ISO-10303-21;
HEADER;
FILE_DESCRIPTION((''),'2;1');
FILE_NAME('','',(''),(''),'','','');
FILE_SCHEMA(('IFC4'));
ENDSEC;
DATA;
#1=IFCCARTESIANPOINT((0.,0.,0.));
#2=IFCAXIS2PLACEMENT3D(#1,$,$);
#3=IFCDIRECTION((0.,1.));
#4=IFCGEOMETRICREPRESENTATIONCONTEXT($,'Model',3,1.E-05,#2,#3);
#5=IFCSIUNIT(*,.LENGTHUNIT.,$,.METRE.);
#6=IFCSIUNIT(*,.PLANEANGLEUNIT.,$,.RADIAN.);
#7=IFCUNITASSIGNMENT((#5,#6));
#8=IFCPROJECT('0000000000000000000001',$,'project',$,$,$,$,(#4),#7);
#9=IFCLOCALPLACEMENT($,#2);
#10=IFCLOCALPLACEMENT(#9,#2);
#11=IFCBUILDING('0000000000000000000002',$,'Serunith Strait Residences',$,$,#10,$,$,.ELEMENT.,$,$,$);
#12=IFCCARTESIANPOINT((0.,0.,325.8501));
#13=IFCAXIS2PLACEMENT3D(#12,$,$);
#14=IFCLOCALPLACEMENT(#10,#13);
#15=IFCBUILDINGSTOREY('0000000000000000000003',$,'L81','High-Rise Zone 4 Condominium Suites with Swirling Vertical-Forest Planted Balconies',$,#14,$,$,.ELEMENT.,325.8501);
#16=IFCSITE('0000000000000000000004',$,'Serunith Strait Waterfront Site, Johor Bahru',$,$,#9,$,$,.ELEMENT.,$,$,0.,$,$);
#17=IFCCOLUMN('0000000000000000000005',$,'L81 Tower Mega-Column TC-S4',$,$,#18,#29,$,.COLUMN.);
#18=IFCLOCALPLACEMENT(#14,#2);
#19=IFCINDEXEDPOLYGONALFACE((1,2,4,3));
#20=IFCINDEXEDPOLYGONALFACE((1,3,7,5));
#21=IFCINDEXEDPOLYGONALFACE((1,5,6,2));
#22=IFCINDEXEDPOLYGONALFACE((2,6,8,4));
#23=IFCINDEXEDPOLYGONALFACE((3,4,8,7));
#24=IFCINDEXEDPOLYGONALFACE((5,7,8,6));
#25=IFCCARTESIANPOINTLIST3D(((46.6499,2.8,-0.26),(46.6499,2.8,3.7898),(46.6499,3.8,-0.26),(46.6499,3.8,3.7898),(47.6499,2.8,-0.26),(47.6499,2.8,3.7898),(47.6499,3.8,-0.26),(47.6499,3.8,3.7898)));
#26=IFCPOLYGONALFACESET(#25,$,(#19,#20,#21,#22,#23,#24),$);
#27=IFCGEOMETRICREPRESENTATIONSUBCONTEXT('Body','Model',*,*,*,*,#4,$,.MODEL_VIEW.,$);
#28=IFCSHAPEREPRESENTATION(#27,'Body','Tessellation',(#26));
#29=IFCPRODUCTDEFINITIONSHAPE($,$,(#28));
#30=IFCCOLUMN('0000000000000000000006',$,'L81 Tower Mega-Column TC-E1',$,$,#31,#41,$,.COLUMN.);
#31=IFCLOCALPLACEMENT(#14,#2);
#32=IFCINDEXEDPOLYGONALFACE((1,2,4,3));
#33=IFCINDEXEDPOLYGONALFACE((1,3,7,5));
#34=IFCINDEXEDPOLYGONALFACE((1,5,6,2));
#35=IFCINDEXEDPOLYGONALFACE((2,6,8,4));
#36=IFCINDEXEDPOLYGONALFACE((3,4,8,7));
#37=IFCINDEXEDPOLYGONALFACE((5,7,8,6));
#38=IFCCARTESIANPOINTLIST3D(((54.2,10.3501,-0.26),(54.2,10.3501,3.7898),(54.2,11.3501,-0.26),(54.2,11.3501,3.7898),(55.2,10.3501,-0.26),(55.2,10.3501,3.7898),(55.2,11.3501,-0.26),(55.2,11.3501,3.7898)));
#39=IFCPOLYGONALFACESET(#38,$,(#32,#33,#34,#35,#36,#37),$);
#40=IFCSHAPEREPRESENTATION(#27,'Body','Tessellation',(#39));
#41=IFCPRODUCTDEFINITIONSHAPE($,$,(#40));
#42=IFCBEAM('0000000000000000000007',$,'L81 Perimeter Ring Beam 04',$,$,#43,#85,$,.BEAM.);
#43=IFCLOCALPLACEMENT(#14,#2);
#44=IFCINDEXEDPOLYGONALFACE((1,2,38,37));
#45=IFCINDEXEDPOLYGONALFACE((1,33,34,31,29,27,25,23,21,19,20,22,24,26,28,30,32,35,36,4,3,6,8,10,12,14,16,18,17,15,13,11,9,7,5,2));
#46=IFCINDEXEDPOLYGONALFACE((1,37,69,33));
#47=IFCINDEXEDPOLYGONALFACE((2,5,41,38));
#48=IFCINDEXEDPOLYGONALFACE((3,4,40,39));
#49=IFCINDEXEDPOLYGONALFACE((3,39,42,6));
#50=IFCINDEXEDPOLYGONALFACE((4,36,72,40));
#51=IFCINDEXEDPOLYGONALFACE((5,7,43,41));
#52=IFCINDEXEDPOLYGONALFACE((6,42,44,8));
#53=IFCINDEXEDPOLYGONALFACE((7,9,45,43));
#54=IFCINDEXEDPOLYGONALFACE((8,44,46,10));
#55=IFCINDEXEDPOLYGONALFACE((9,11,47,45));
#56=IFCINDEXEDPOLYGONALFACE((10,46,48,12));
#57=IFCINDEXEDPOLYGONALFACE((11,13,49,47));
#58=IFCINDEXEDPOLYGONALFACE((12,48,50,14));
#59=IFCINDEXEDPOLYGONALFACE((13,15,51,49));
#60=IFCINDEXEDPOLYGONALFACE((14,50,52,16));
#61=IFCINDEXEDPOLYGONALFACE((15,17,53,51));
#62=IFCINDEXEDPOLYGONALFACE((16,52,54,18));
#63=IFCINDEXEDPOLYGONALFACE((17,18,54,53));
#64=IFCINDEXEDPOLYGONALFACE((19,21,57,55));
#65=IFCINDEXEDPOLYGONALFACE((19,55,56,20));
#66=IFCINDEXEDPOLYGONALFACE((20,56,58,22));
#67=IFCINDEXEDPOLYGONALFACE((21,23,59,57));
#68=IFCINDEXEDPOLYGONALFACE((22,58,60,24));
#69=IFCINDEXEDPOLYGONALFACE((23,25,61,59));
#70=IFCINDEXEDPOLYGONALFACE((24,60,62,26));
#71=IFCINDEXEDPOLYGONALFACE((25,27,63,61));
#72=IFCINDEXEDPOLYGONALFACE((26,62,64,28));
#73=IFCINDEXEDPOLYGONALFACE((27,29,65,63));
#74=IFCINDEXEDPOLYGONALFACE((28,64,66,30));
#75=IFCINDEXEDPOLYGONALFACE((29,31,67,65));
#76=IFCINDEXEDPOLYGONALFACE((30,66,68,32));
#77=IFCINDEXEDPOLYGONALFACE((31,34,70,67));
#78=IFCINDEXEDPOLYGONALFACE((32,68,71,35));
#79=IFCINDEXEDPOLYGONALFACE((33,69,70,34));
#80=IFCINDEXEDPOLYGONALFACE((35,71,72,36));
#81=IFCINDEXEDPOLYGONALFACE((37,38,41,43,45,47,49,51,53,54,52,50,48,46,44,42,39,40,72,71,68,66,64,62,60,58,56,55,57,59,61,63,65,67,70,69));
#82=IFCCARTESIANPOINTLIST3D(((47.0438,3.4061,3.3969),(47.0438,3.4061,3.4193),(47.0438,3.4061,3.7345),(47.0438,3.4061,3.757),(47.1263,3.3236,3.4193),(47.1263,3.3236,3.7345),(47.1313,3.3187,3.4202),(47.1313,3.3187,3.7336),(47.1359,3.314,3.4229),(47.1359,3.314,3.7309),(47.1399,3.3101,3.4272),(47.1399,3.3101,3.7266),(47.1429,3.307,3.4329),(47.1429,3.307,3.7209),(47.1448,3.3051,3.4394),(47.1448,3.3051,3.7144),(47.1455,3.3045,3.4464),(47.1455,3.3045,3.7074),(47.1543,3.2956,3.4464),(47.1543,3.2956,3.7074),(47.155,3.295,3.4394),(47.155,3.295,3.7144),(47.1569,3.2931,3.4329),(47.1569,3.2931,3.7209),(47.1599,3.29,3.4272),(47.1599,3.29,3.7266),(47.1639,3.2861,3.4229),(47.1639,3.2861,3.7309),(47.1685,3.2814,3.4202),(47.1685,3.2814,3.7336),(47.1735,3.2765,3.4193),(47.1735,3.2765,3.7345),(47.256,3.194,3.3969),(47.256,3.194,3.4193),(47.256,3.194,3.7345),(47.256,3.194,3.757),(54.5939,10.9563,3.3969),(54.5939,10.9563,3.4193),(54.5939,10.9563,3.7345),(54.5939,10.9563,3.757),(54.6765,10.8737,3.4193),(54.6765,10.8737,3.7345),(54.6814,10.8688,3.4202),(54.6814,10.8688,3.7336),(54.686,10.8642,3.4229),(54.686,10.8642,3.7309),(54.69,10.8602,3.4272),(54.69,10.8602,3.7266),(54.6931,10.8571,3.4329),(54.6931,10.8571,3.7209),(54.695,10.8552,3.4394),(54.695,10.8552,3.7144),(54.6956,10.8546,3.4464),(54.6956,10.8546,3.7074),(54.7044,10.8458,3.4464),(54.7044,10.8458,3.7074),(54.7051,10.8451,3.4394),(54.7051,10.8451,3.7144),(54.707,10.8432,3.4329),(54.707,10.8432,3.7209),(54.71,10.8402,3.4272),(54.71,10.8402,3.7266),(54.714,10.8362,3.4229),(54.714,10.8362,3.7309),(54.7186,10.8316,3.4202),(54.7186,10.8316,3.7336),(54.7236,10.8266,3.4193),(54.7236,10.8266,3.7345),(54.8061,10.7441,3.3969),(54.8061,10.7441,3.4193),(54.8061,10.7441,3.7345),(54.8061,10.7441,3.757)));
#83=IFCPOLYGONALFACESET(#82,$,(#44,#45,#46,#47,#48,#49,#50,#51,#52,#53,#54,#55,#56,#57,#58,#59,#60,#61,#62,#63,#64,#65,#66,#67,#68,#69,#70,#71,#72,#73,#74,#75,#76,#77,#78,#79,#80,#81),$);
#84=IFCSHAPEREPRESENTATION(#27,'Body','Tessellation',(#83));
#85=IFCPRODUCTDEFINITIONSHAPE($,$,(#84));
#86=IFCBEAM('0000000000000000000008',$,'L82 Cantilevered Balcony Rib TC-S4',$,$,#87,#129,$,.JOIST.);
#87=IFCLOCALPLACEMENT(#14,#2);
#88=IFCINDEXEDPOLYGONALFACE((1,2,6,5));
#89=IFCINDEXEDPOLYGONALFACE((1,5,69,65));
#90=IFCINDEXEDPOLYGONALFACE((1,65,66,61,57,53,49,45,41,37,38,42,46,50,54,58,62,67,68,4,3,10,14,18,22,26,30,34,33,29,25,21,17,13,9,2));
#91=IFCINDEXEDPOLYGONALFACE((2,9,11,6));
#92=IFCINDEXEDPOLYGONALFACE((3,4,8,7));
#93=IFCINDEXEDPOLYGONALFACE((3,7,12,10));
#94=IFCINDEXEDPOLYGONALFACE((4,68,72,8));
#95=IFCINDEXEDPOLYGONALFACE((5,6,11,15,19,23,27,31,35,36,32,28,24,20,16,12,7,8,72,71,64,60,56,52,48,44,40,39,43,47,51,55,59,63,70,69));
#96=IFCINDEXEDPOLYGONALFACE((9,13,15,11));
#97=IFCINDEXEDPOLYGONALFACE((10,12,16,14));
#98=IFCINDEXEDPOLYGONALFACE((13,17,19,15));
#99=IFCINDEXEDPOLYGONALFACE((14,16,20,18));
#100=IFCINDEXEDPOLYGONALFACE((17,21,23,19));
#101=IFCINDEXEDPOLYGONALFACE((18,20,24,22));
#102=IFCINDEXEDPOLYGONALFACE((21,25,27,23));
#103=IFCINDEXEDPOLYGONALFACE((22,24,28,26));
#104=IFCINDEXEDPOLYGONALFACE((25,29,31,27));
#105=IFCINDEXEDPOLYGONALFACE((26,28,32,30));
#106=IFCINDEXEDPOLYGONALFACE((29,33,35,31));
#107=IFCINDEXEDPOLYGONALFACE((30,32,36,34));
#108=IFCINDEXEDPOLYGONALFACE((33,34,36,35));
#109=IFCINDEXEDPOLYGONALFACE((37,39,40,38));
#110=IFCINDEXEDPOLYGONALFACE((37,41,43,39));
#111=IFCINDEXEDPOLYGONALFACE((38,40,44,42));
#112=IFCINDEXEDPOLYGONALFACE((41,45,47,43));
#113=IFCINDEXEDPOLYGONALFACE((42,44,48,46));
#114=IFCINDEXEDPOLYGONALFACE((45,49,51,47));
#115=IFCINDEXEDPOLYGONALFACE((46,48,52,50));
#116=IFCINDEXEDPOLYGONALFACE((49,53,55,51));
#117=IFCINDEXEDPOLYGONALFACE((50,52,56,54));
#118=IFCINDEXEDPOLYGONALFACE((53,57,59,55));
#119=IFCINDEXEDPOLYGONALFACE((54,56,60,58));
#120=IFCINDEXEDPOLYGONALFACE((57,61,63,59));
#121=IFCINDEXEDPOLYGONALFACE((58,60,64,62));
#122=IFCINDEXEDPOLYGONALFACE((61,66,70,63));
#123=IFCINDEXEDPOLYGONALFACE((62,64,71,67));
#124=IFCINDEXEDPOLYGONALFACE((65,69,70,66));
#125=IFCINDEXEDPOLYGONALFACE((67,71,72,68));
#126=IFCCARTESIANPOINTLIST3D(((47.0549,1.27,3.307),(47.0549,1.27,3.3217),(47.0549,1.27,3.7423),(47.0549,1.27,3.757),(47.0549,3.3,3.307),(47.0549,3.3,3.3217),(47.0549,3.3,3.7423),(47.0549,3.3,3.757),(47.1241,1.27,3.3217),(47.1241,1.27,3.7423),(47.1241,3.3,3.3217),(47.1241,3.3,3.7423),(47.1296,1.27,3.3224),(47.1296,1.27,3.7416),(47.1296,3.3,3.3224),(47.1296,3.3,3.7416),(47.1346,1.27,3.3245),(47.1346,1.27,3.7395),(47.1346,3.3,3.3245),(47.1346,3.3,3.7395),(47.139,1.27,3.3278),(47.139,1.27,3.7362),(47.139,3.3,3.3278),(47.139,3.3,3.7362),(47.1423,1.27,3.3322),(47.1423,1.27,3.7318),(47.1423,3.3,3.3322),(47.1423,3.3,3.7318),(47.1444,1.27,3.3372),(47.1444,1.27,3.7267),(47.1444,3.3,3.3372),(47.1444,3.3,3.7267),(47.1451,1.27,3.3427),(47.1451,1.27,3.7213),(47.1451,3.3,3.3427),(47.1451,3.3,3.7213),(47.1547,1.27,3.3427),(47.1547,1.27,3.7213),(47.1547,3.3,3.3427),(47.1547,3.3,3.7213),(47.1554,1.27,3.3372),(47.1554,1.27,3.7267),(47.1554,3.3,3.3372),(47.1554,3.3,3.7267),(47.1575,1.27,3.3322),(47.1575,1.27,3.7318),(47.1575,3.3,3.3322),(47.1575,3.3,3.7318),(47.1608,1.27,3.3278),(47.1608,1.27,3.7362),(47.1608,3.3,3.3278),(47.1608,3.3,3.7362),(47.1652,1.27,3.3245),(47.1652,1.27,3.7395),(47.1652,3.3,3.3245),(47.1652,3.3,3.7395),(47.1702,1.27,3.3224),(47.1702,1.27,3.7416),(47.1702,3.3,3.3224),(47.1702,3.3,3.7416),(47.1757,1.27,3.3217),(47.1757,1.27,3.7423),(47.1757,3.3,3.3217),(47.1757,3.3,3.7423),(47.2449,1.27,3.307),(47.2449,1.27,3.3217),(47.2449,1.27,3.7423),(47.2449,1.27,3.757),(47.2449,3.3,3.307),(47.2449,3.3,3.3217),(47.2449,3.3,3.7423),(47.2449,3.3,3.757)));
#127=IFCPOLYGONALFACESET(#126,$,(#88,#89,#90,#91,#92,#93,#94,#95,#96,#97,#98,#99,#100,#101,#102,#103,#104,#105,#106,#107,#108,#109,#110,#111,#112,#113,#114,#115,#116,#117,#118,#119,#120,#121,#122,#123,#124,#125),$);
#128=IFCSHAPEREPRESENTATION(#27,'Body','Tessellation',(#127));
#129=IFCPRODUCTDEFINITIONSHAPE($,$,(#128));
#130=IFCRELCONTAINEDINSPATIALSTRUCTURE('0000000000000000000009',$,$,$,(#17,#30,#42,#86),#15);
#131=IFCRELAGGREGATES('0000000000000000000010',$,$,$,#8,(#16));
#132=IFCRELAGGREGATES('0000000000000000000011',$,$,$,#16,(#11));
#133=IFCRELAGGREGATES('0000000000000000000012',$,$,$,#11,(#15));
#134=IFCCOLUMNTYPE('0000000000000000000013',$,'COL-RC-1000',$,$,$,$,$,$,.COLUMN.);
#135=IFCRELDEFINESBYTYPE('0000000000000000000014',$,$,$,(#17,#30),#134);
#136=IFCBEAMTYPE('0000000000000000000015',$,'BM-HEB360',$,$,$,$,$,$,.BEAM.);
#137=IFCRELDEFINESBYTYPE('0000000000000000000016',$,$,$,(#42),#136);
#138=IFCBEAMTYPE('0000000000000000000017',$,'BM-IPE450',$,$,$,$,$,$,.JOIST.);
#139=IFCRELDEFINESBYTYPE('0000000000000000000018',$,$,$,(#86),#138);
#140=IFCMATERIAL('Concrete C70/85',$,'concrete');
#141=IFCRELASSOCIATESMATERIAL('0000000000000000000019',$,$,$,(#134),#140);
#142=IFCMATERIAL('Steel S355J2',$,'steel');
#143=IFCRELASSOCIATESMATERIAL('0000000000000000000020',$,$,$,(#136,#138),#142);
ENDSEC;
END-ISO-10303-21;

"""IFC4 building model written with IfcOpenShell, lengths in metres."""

from ifc_helpers import new_model, si_unit, direction, frame, origin, origin_2d, place, context, subcontext, project, spatial, rectangle, i_section, extrude, source, transform, mapped, material, material_profile, profile_set, type_object, element, save


model = new_model("IFC4")

# Units and contexts
model_context = context("Model", 3, precision=1e-05, world=origin(), true_north=direction((0.0, 1.0)))
body_context = subcontext(model_context, "Body", "Model", "MODEL_VIEW")
ifc_project = project(units=[si_unit("LENGTHUNIT", "METRE"), si_unit("PLANEANGLEUNIT", "RADIAN")], contexts=[model_context])

# Site, building, storey
site_placement = place(None, origin())
site = spatial("IfcSite", under=ifc_project, at=site_placement, Name="Serunith Strait Waterfront Site, Johor Bahru", CompositionType="ELEMENT", RefElevation=0.0)
building_placement = place(site_placement, origin())
building = spatial("IfcBuilding", under=site, at=building_placement, Name="Serunith Strait Residences", CompositionType="ELEMENT")
storey_placement = place(building_placement, frame((0.0, 0.0, 325.8501)))
storey = spatial("IfcBuildingStorey", under=building, at=storey_placement, Name="L81", Description="High-Rise Zone 4 Condominium Suites with Swirling Vertical-Forest Planted Balconies", CompositionType="ELEMENT", Elevation=325.8501)

# Columns
ifc_material_1 = material(Name="Concrete C70/85", Category="concrete")
ifc_material_profile_1 = material_profile(ifc_material_1, rectangle(XDim=1.0, YDim=1.0, at=origin_2d()), Name="RC 1000x1000")
ifc_profile_set_1 = profile_set([ifc_material_profile_1], Name="Concrete C70/85")
column_type = type_object("IfcColumnType", Name="COL-RC-1000", PredefinedType="COLUMN", material=ifc_profile_set_1)
shared_shape_1 = source(origin(), body_context, "Body", "SweptSolid", [
    extrude(rectangle(XDim=1.0, YDim=1.0, at=origin_2d()), origin(), (0.0, 0.0, 1.0), 4.0498),
])
for number, where, z_axis, x_axis, name in (
    (1, (47.1499, 3.3, -0.26), (0.0, 0.0, 1.0), (1.0, 0.0, 0.0), "L81 Tower Mega-Column TC-S4"),
    (2, (54.7, 10.8501, -0.26), (0.0, 0.0, 1.0), (1.0, 0.0, 0.0), "L81 Tower Mega-Column TC-E1"),
):
    element("IfcColumn", number, at=place(storey_placement, frame(where, z_axis=z_axis, x_axis=x_axis)), inside=storey, type_object=column_type, Name=name, PredefinedType="COLUMN", context=body_context, shape_type="MappedRepresentation", body=[
        mapped(shared_shape_1, transform((0.0, 0.0, 0.0), scale=1.0)),
    ])

# Beams
ifc_material_2 = material(Name="Steel S355J2", Category="steel")
ifc_material_profile_2 = material_profile(ifc_material_2, i_section(OverallWidth=0.3, OverallDepth=0.3601, WebThickness=0.0125, FlangeThickness=0.0225, FilletRadius=0.0271, at=origin_2d()), Name="HEB 360")
ifc_profile_set_2 = profile_set([ifc_material_profile_2], Name="Steel S355J2")
beam_type_1 = type_object("IfcBeamType", Name="BM-HEB360", PredefinedType="BEAM", material=ifc_profile_set_2)
shared_shape_2 = source(origin(), body_context, "Body", "SweptSolid", [
    extrude(i_section(OverallWidth=0.3, OverallDepth=0.3601, WebThickness=0.0125, FlangeThickness=0.0225, FilletRadius=0.0271, at=origin_2d()), origin(), (0.0, 0.0, 1.0), 10.6775),
])
beam_1_placement = place(storey_placement, frame((47.1499, 3.3, 3.5769), z_axis=(0.707107, 0.707107, 0.0), x_axis=(-0.707107, 0.707107, 0.0)))
element("IfcBeam", 3, at=beam_1_placement, inside=storey, type_object=beam_type_1, Name="L81 Perimeter Ring Beam 04", PredefinedType="BEAM", context=body_context, shape_type="MappedRepresentation", body=[
    mapped(shared_shape_2, transform((0.0, 0.0, 0.0), scale=1.0)),
])
ifc_material_profile_3 = material_profile(ifc_material_2, i_section(OverallWidth=0.1899, OverallDepth=0.45, WebThickness=0.0095, FlangeThickness=0.0146, FilletRadius=0.021, at=origin_2d()), Name="IPE 450")
ifc_profile_set_3 = profile_set([ifc_material_profile_3], Name="Steel S355J2")
beam_type_2 = type_object("IfcBeamType", Name="BM-IPE450", PredefinedType="JOIST", material=ifc_profile_set_3)
shared_shape_3 = source(origin(), body_context, "Body", "SweptSolid", [
    extrude(i_section(OverallWidth=0.1899, OverallDepth=0.45, WebThickness=0.0095, FlangeThickness=0.0146, FilletRadius=0.021, at=origin_2d()), origin(), (0.0, 0.0, 1.0), 2.03),
])
beam_2_placement = place(storey_placement, frame((47.1499, 3.3, 3.532), z_axis=(0.0, -1.0, 0.0), x_axis=(1.0, 0.0, 0.0)))
element("IfcBeam", 4, at=beam_2_placement, inside=storey, type_object=beam_type_2, Name="L82 Cantilevered Balcony Rib TC-S4", PredefinedType="JOIST", context=body_context, shape_type="MappedRepresentation", body=[
    mapped(shared_shape_3, transform((0.0, 0.0, 0.0), scale=1.0)),
])

save(model, "model.ifc")
